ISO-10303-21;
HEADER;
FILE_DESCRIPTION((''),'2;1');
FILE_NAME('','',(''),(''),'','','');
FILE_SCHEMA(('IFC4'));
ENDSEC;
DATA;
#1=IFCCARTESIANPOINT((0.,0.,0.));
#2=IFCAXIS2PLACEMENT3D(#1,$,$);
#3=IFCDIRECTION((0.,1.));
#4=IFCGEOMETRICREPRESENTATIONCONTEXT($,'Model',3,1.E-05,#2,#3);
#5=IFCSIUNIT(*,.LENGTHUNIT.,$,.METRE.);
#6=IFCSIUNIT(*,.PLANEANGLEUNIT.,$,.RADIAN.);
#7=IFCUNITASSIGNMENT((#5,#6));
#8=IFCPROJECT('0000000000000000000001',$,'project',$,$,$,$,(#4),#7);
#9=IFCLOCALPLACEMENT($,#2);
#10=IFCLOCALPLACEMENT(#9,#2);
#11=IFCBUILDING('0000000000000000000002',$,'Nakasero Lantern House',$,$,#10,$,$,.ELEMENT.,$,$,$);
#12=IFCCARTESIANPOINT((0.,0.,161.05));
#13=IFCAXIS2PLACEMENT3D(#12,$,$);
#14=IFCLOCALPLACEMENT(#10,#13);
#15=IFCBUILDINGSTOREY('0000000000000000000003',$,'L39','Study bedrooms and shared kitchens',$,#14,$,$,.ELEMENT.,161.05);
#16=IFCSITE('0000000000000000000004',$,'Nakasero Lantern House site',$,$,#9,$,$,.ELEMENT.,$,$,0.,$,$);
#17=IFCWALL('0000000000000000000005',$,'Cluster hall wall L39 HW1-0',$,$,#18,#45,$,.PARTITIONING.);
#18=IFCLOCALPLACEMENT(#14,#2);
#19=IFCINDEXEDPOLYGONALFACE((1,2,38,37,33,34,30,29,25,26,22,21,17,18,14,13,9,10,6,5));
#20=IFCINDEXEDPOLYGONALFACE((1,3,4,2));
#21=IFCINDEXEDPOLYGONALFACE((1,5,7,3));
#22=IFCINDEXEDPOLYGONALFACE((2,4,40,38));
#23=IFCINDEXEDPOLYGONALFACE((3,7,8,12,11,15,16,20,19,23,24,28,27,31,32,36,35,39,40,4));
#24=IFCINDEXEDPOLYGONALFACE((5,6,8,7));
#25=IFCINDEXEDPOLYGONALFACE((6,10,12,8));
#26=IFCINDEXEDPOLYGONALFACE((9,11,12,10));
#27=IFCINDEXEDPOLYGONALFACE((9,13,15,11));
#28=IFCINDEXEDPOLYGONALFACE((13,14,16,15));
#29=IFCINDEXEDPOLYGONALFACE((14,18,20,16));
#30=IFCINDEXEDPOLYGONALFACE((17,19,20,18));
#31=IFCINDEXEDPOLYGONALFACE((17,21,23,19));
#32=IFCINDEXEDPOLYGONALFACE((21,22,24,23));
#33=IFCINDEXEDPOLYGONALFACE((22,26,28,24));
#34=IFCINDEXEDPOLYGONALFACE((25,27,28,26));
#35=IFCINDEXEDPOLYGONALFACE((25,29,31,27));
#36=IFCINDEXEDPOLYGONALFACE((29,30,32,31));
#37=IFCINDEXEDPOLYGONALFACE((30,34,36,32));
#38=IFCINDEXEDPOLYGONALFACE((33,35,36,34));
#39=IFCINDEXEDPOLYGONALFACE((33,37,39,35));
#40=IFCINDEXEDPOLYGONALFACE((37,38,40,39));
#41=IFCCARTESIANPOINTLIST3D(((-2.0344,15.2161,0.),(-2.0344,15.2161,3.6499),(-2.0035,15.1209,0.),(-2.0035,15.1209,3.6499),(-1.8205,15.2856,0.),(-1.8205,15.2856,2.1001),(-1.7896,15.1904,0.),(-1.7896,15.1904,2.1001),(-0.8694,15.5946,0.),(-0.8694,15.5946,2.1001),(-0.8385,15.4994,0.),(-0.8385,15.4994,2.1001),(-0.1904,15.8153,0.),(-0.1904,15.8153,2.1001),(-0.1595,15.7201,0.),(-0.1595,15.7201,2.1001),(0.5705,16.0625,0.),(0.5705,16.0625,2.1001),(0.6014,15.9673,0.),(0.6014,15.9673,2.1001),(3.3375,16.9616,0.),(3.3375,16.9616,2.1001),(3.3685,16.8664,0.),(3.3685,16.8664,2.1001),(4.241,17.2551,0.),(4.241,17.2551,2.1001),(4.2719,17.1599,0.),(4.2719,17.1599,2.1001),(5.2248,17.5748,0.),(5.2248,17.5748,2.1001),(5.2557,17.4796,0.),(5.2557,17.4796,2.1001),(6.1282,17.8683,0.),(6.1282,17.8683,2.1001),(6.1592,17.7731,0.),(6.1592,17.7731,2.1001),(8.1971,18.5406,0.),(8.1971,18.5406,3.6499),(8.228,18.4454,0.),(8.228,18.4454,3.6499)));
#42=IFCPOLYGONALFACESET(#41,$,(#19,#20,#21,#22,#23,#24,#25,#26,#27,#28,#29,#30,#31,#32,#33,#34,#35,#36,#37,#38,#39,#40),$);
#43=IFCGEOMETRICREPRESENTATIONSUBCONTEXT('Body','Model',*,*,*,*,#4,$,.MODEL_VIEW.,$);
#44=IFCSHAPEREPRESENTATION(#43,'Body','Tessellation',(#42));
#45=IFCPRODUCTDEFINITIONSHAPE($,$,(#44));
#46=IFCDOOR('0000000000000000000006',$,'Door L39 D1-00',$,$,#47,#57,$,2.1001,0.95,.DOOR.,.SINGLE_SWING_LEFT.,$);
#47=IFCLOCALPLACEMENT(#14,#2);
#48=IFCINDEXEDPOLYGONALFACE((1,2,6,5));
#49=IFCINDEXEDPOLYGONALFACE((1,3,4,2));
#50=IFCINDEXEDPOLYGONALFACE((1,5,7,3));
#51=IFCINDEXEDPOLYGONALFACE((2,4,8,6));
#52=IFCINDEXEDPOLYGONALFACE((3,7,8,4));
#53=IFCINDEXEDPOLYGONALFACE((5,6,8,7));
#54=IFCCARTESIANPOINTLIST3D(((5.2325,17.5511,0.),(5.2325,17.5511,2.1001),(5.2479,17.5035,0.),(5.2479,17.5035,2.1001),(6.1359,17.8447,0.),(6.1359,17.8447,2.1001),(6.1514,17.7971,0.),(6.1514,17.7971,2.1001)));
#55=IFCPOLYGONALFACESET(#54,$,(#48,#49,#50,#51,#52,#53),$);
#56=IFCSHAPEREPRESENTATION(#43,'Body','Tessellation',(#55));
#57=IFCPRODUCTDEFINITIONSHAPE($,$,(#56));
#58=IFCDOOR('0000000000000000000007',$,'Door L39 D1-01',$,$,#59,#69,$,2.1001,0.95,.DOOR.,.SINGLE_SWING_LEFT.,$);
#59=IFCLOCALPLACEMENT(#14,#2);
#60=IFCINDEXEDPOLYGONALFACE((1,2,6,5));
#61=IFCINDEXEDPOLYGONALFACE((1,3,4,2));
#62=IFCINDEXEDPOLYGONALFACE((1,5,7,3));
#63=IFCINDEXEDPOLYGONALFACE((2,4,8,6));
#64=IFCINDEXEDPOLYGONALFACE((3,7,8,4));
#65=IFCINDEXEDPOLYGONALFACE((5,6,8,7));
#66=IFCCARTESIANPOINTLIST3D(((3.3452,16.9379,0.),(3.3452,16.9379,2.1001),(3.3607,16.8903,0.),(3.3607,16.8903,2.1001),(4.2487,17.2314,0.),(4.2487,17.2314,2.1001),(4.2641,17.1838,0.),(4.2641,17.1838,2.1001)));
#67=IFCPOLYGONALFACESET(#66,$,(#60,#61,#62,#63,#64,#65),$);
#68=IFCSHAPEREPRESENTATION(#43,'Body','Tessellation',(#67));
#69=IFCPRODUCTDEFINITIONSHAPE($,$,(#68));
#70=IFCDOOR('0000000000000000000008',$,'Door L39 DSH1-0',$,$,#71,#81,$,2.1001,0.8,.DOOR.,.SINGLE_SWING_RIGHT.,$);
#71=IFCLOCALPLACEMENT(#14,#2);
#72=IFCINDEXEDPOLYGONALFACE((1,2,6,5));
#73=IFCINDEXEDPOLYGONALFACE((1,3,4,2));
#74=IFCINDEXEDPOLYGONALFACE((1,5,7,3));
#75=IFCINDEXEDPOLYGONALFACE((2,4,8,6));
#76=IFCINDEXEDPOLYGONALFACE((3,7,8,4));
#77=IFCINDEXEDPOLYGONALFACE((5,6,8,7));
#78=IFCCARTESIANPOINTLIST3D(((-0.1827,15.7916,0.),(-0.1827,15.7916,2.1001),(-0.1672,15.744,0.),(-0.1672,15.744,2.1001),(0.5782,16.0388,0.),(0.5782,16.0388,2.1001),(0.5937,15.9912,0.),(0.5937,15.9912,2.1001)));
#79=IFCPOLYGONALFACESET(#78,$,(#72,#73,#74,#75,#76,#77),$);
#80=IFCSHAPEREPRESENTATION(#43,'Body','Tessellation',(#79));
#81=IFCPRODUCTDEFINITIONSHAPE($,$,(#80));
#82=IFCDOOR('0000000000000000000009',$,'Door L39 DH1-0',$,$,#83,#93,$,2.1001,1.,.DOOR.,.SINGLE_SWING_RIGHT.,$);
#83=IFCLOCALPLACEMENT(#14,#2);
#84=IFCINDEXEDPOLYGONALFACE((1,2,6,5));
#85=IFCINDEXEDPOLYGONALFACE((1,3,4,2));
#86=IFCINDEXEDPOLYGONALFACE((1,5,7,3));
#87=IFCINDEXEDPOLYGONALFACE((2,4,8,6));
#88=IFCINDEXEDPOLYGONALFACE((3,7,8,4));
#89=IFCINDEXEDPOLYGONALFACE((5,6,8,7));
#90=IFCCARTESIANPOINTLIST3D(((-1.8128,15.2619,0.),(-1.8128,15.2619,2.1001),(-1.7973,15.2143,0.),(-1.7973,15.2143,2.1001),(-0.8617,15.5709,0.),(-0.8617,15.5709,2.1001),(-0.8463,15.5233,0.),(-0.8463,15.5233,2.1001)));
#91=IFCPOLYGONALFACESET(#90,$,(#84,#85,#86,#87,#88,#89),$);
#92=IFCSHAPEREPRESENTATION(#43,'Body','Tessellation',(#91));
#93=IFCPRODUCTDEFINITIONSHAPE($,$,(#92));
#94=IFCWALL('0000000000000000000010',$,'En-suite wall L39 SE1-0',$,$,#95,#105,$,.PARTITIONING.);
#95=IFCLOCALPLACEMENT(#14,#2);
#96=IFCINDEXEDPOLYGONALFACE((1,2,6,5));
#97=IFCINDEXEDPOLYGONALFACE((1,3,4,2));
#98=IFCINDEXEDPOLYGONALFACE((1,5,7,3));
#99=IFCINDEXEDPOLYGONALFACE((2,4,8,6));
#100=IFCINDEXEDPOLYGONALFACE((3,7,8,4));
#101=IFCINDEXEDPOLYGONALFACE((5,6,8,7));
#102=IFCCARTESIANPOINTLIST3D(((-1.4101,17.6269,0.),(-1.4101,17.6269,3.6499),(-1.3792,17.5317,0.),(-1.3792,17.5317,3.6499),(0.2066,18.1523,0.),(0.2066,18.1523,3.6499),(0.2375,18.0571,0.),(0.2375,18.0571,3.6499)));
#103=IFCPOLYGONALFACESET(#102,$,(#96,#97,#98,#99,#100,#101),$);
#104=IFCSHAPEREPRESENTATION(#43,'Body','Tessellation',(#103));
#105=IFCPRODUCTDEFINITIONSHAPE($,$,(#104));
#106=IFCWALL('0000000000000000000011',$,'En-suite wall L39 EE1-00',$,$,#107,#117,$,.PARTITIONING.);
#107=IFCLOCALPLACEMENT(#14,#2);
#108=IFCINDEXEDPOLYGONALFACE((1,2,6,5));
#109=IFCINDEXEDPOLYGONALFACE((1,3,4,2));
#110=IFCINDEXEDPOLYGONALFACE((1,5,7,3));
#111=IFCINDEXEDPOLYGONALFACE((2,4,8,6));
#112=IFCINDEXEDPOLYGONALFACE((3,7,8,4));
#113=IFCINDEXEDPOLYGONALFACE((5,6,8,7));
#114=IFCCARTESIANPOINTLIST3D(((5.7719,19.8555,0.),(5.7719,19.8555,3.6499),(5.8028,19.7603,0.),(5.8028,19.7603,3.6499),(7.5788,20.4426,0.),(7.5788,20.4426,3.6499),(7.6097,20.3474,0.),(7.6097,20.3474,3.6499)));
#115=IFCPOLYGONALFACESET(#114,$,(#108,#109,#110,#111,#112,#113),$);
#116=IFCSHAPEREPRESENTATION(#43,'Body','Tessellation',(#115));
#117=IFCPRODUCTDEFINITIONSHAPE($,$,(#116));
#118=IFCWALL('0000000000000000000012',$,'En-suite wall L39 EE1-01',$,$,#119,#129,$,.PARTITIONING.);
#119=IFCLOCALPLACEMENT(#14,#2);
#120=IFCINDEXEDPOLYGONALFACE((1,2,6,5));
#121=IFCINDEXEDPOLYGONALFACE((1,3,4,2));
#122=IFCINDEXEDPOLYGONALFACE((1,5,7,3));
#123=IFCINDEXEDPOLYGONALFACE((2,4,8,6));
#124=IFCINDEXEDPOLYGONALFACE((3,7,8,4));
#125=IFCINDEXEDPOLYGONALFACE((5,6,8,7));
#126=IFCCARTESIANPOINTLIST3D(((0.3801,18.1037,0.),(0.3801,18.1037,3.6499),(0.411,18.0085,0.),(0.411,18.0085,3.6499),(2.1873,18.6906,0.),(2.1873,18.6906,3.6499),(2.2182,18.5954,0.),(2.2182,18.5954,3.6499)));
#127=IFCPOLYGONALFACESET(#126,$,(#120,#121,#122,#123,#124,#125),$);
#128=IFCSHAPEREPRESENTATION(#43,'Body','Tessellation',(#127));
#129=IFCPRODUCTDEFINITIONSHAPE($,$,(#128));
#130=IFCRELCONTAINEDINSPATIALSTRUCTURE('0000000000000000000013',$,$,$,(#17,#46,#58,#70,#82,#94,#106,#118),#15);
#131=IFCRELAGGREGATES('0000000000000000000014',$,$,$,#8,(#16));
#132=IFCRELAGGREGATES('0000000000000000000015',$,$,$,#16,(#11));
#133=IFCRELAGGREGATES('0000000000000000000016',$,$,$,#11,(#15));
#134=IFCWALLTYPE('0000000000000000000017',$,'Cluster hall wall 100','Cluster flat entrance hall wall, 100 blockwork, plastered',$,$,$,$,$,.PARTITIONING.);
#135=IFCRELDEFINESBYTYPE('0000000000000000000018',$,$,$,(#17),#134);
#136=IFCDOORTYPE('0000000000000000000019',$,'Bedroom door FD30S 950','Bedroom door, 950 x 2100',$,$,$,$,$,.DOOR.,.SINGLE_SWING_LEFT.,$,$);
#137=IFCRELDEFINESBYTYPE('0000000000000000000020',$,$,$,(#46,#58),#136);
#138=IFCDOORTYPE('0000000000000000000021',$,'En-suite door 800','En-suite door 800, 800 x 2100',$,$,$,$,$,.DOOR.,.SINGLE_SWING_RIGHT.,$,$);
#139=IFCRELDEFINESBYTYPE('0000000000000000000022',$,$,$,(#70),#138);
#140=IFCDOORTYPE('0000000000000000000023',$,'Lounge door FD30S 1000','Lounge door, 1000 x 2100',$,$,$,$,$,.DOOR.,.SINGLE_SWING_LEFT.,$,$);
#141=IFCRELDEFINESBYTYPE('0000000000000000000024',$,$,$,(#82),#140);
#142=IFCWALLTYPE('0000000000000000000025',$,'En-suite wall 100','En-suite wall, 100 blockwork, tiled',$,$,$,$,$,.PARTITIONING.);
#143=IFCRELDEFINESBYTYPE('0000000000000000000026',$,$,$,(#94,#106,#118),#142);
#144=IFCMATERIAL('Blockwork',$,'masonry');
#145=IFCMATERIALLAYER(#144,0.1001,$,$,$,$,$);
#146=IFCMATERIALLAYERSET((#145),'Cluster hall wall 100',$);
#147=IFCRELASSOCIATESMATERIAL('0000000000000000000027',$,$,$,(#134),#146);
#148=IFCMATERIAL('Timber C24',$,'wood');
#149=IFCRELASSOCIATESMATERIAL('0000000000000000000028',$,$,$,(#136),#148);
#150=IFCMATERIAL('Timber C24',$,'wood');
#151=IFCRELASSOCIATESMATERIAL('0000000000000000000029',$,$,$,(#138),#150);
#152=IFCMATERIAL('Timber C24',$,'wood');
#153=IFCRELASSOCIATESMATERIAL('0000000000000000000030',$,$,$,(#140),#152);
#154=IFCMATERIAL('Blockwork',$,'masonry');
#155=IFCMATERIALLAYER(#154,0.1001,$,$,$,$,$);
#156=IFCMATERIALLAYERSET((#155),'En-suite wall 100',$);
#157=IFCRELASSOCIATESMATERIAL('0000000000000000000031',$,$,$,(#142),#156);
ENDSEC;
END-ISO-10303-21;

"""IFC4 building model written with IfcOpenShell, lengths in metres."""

from ifc_helpers import new_model, si_unit, direction, frame, frame_2d, origin, place, context, subcontext, project, spatial, rectangle, extrude, material, layer, layer_set, type_object, element, fill, save


model = new_model("IFC4")

# Units and contexts
model_context = context("Model", 3, precision=1e-05, world=origin(), true_north=direction((0.0, 1.0)))
body_context = subcontext(model_context, "Body", "Model", "MODEL_VIEW")
ifc_project = project(units=[si_unit("LENGTHUNIT", "METRE"), si_unit("PLANEANGLEUNIT", "RADIAN")], contexts=[model_context])

# Site, building, storey
site_placement = place(None, origin())
site = spatial("IfcSite", under=ifc_project, at=site_placement, Name="Nakasero Lantern House site", CompositionType="ELEMENT", RefElevation=0.0)
building_placement = place(site_placement, origin())
building = spatial("IfcBuilding", under=site, at=building_placement, Name="Nakasero Lantern House", CompositionType="ELEMENT")
storey_placement = place(building_placement, frame((0.0, 0.0, 161.05)))
storey = spatial("IfcBuildingStorey", under=building, at=storey_placement, Name="L39", Description="Study bedrooms and shared kitchens", CompositionType="ELEMENT", Elevation=161.05)

# Wall, openings, doors
ifc_material_1 = material(Name="Blockwork", Category="masonry")
ifc_layer_1 = layer(ifc_material_1, 0.1001)
ifc_layer_set_1 = layer_set([ifc_layer_1], Name="Cluster hall wall 100")
wall_type_1 = type_object("IfcWallType", Name="Cluster hall wall 100", Description="Cluster flat entrance hall wall, 100 blockwork, plastered", PredefinedType="PARTITIONING", material=ifc_layer_set_1)
wall_1_placement = place(storey_placement, frame((8.2124, 18.4929, 0.0), z_axis=(0.0, 0.0, 1.0), x_axis=(-0.951055, -0.309022, 0.0)))
wall_1 = element("IfcWall", 1, at=wall_1_placement, inside=storey, type_object=wall_type_1, Name="Cluster hall wall L39 HW1-0", PredefinedType="PARTITIONING", context=body_context, shape_type="SweptSolid", body=[
    extrude(rectangle(XDim=10.7581, YDim=0.1001, at=frame_2d((5.3789, 0.0))), origin(), (0.0, 0.0, 1.0), 3.6499),
])
opening_1_placement = place(wall_1_placement, frame((9.533, 0.0, 0.0)))
opening_1 = element("IfcOpeningElement", 2, at=opening_1_placement, cuts=wall_1, PredefinedType="OPENING", context=body_context, shape_type="SweptSolid", body=[
    extrude(rectangle(XDim=1.0, YDim=2.1001, at=frame_2d((0.5, 1.05))), frame((0.0, 0.0701, 0.0), z_axis=(0.0, -1.0, 0.0), x_axis=(1.0, 0.0, 0.0)), (0.0, 0.0, 1.0), 0.1401),
])
opening_2_placement = place(wall_1_placement, frame((8.019, 0.0, 0.0)))
opening_2 = element("IfcOpeningElement", 3, at=opening_2_placement, cuts=wall_1, PredefinedType="OPENING", context=body_context, shape_type="SweptSolid", body=[
    extrude(rectangle(XDim=0.8, YDim=2.1001, at=frame_2d((0.3999, 1.05))), frame((0.0, 0.0701, 0.0), z_axis=(0.0, -1.0, 0.0), x_axis=(1.0, 0.0, 0.0)), (0.0, 0.0, 1.0), 0.1401),
])
opening_3_placement = place(wall_1_placement, frame((2.175, 0.0, 0.0)))
opening_3 = element("IfcOpeningElement", 4, at=opening_3_placement, cuts=wall_1, PredefinedType="OPENING", context=body_context, shape_type="SweptSolid", body=[
    extrude(rectangle(XDim=0.95, YDim=2.1001, at=frame_2d((0.4751, 1.05))), frame((0.0, 0.0701, 0.0), z_axis=(0.0, -1.0, 0.0), x_axis=(1.0, 0.0, 0.0)), (0.0, 0.0, 1.0), 0.1401),
])
opening_4_placement = place(wall_1_placement, frame((4.1594, 0.0, 0.0)))
opening_4 = element("IfcOpeningElement", 5, at=opening_4_placement, cuts=wall_1, PredefinedType="OPENING", context=body_context, shape_type="SweptSolid", body=[
    extrude(rectangle(XDim=0.95, YDim=2.1001, at=frame_2d((0.4751, 1.05))), frame((0.0, 0.0701, 0.0), z_axis=(0.0, -1.0, 0.0), x_axis=(1.0, 0.0, 0.0)), (0.0, 0.0, 1.0), 0.1401),
])
ifc_material_2 = material(Name="Timber C24", Category="wood")
door_type_1 = type_object("IfcDoorType", Name="Bedroom door FD30S 950", Description="Bedroom door, 950 x 2100", OperationType="SINGLE_SWING_LEFT", PredefinedType="DOOR", material=ifc_material_2)
door_1_placement = place(opening_3_placement, origin())
door_1 = element("IfcDoor", 6, at=door_1_placement, inside=storey, type_object=door_type_1, Name="Door L39 D1-00", OperationType="SINGLE_SWING_LEFT", OverallHeight=2.1001, OverallWidth=0.95, PredefinedType="DOOR", context=body_context, shape_type="SweptSolid", body=[
    extrude(rectangle(XDim=0.95, YDim=2.1001, at=frame_2d((0.4751, 1.05))), frame((0.0, 0.0249, 0.0), z_axis=(0.0, -1.0, 0.0), x_axis=(1.0, 0.0, 0.0)), (0.0, 0.0, 1.0), 0.05),
])
fill(opening_3, door_1)
door_2_placement = place(opening_4_placement, origin())
door_2 = element("IfcDoor", 7, at=door_2_placement, inside=storey, type_object=door_type_1, Name="Door L39 D1-01", OperationType="SINGLE_SWING_LEFT", OverallHeight=2.1001, OverallWidth=0.95, PredefinedType="DOOR", context=body_context, shape_type="SweptSolid", body=[
    extrude(rectangle(XDim=0.95, YDim=2.1001, at=frame_2d((0.4751, 1.05))), frame((0.0, 0.0249, 0.0), z_axis=(0.0, -1.0, 0.0), x_axis=(1.0, 0.0, 0.0)), (0.0, 0.0, 1.0), 0.05),
])
fill(opening_4, door_2)
ifc_material_3 = material(Name="Timber C24", Category="wood")
door_type_2 = type_object("IfcDoorType", Name="En-suite door 800", Description="En-suite door 800, 800 x 2100", OperationType="SINGLE_SWING_RIGHT", PredefinedType="DOOR", material=ifc_material_3)
door_3_placement = place(opening_2_placement, origin())
door_3 = element("IfcDoor", 8, at=door_3_placement, inside=storey, type_object=door_type_2, Name="Door L39 DSH1-0", OperationType="SINGLE_SWING_RIGHT", OverallHeight=2.1001, OverallWidth=0.8, PredefinedType="DOOR", context=body_context, shape_type="SweptSolid", body=[
    extrude(rectangle(XDim=0.8, YDim=2.1001, at=frame_2d((0.3999, 1.05))), frame((0.0, 0.0249, 0.0), z_axis=(0.0, -1.0, 0.0), x_axis=(1.0, 0.0, 0.0)), (0.0, 0.0, 1.0), 0.05),
])
fill(opening_2, door_3)
ifc_material_4 = material(Name="Timber C24", Category="wood")
door_type_3 = type_object("IfcDoorType", Name="Lounge door FD30S 1000", Description="Lounge door, 1000 x 2100", OperationType="SINGLE_SWING_LEFT", PredefinedType="DOOR", material=ifc_material_4)
door_4_placement = place(opening_1_placement, origin())
door_4 = element("IfcDoor", 9, at=door_4_placement, inside=storey, type_object=door_type_3, Name="Door L39 DH1-0", OperationType="SINGLE_SWING_RIGHT", OverallHeight=2.1001, OverallWidth=1.0, PredefinedType="DOOR", context=body_context, shape_type="SweptSolid", body=[
    extrude(rectangle(XDim=1.0, YDim=2.1001, at=frame_2d((0.5, 1.05))), frame((0.0, 0.0249, 0.0), z_axis=(0.0, -1.0, 0.0), x_axis=(1.0, 0.0, 0.0)), (0.0, 0.0, 1.0), 0.05),
])
fill(opening_1, door_4)

# Walls
ifc_material_5 = material(Name="Blockwork", Category="masonry")
ifc_layer_2 = layer(ifc_material_5, 0.1001)
ifc_layer_set_2 = layer_set([ifc_layer_2], Name="En-suite wall 100")
wall_type_2 = type_object("IfcWallType", Name="En-suite wall 100", Description="En-suite wall, 100 blockwork, tiled", PredefinedType="PARTITIONING", material=ifc_layer_set_2)
wall_2_placement = place(storey_placement, frame((0.2222, 18.1047, 0.0), z_axis=(0.0, 0.0, 1.0), x_axis=(-0.95104, -0.309067, 0.0)))
element("IfcWall", 10, at=wall_2_placement, inside=storey, type_object=wall_type_2, Name="En-suite wall L39 SE1-0", PredefinedType="PARTITIONING", context=body_context, shape_type="SweptSolid", body=[
    extrude(rectangle(XDim=1.7, YDim=0.1001, at=frame_2d((0.8501, 0.0))), origin(), (0.0, 0.0, 1.0), 3.6499),
])
wall_3_placement = place(storey_placement, frame((7.5942, 20.395, 0.0), z_axis=(0.0, 0.0, 1.0), x_axis=(-0.951046, -0.309048, 0.0)))
element("IfcWall", 11, at=wall_3_placement, inside=storey, type_object=wall_type_2, Name="En-suite wall L39 EE1-00", PredefinedType="PARTITIONING", context=body_context, shape_type="SweptSolid", body=[
    extrude(rectangle(XDim=1.8999, YDim=0.1001, at=frame_2d((0.95, 0.0))), origin(), (0.0, 0.0, 1.0), 3.6499),
])
wall_4_placement = place(storey_placement, frame((2.2029, 18.6431, 0.0), z_axis=(0.0, 0.0, 1.0), x_axis=(-0.951096, -0.308894, 0.0)))
element("IfcWall", 12, at=wall_4_placement, inside=storey, type_object=wall_type_2, Name="En-suite wall L39 EE1-01", PredefinedType="PARTITIONING", context=body_context, shape_type="SweptSolid", body=[
    extrude(rectangle(XDim=1.9001, YDim=0.1001, at=frame_2d((0.9502, 0.0))), origin(), (0.0, 0.0, 1.0), 3.6499),
])

save(model, "model.ifc")
